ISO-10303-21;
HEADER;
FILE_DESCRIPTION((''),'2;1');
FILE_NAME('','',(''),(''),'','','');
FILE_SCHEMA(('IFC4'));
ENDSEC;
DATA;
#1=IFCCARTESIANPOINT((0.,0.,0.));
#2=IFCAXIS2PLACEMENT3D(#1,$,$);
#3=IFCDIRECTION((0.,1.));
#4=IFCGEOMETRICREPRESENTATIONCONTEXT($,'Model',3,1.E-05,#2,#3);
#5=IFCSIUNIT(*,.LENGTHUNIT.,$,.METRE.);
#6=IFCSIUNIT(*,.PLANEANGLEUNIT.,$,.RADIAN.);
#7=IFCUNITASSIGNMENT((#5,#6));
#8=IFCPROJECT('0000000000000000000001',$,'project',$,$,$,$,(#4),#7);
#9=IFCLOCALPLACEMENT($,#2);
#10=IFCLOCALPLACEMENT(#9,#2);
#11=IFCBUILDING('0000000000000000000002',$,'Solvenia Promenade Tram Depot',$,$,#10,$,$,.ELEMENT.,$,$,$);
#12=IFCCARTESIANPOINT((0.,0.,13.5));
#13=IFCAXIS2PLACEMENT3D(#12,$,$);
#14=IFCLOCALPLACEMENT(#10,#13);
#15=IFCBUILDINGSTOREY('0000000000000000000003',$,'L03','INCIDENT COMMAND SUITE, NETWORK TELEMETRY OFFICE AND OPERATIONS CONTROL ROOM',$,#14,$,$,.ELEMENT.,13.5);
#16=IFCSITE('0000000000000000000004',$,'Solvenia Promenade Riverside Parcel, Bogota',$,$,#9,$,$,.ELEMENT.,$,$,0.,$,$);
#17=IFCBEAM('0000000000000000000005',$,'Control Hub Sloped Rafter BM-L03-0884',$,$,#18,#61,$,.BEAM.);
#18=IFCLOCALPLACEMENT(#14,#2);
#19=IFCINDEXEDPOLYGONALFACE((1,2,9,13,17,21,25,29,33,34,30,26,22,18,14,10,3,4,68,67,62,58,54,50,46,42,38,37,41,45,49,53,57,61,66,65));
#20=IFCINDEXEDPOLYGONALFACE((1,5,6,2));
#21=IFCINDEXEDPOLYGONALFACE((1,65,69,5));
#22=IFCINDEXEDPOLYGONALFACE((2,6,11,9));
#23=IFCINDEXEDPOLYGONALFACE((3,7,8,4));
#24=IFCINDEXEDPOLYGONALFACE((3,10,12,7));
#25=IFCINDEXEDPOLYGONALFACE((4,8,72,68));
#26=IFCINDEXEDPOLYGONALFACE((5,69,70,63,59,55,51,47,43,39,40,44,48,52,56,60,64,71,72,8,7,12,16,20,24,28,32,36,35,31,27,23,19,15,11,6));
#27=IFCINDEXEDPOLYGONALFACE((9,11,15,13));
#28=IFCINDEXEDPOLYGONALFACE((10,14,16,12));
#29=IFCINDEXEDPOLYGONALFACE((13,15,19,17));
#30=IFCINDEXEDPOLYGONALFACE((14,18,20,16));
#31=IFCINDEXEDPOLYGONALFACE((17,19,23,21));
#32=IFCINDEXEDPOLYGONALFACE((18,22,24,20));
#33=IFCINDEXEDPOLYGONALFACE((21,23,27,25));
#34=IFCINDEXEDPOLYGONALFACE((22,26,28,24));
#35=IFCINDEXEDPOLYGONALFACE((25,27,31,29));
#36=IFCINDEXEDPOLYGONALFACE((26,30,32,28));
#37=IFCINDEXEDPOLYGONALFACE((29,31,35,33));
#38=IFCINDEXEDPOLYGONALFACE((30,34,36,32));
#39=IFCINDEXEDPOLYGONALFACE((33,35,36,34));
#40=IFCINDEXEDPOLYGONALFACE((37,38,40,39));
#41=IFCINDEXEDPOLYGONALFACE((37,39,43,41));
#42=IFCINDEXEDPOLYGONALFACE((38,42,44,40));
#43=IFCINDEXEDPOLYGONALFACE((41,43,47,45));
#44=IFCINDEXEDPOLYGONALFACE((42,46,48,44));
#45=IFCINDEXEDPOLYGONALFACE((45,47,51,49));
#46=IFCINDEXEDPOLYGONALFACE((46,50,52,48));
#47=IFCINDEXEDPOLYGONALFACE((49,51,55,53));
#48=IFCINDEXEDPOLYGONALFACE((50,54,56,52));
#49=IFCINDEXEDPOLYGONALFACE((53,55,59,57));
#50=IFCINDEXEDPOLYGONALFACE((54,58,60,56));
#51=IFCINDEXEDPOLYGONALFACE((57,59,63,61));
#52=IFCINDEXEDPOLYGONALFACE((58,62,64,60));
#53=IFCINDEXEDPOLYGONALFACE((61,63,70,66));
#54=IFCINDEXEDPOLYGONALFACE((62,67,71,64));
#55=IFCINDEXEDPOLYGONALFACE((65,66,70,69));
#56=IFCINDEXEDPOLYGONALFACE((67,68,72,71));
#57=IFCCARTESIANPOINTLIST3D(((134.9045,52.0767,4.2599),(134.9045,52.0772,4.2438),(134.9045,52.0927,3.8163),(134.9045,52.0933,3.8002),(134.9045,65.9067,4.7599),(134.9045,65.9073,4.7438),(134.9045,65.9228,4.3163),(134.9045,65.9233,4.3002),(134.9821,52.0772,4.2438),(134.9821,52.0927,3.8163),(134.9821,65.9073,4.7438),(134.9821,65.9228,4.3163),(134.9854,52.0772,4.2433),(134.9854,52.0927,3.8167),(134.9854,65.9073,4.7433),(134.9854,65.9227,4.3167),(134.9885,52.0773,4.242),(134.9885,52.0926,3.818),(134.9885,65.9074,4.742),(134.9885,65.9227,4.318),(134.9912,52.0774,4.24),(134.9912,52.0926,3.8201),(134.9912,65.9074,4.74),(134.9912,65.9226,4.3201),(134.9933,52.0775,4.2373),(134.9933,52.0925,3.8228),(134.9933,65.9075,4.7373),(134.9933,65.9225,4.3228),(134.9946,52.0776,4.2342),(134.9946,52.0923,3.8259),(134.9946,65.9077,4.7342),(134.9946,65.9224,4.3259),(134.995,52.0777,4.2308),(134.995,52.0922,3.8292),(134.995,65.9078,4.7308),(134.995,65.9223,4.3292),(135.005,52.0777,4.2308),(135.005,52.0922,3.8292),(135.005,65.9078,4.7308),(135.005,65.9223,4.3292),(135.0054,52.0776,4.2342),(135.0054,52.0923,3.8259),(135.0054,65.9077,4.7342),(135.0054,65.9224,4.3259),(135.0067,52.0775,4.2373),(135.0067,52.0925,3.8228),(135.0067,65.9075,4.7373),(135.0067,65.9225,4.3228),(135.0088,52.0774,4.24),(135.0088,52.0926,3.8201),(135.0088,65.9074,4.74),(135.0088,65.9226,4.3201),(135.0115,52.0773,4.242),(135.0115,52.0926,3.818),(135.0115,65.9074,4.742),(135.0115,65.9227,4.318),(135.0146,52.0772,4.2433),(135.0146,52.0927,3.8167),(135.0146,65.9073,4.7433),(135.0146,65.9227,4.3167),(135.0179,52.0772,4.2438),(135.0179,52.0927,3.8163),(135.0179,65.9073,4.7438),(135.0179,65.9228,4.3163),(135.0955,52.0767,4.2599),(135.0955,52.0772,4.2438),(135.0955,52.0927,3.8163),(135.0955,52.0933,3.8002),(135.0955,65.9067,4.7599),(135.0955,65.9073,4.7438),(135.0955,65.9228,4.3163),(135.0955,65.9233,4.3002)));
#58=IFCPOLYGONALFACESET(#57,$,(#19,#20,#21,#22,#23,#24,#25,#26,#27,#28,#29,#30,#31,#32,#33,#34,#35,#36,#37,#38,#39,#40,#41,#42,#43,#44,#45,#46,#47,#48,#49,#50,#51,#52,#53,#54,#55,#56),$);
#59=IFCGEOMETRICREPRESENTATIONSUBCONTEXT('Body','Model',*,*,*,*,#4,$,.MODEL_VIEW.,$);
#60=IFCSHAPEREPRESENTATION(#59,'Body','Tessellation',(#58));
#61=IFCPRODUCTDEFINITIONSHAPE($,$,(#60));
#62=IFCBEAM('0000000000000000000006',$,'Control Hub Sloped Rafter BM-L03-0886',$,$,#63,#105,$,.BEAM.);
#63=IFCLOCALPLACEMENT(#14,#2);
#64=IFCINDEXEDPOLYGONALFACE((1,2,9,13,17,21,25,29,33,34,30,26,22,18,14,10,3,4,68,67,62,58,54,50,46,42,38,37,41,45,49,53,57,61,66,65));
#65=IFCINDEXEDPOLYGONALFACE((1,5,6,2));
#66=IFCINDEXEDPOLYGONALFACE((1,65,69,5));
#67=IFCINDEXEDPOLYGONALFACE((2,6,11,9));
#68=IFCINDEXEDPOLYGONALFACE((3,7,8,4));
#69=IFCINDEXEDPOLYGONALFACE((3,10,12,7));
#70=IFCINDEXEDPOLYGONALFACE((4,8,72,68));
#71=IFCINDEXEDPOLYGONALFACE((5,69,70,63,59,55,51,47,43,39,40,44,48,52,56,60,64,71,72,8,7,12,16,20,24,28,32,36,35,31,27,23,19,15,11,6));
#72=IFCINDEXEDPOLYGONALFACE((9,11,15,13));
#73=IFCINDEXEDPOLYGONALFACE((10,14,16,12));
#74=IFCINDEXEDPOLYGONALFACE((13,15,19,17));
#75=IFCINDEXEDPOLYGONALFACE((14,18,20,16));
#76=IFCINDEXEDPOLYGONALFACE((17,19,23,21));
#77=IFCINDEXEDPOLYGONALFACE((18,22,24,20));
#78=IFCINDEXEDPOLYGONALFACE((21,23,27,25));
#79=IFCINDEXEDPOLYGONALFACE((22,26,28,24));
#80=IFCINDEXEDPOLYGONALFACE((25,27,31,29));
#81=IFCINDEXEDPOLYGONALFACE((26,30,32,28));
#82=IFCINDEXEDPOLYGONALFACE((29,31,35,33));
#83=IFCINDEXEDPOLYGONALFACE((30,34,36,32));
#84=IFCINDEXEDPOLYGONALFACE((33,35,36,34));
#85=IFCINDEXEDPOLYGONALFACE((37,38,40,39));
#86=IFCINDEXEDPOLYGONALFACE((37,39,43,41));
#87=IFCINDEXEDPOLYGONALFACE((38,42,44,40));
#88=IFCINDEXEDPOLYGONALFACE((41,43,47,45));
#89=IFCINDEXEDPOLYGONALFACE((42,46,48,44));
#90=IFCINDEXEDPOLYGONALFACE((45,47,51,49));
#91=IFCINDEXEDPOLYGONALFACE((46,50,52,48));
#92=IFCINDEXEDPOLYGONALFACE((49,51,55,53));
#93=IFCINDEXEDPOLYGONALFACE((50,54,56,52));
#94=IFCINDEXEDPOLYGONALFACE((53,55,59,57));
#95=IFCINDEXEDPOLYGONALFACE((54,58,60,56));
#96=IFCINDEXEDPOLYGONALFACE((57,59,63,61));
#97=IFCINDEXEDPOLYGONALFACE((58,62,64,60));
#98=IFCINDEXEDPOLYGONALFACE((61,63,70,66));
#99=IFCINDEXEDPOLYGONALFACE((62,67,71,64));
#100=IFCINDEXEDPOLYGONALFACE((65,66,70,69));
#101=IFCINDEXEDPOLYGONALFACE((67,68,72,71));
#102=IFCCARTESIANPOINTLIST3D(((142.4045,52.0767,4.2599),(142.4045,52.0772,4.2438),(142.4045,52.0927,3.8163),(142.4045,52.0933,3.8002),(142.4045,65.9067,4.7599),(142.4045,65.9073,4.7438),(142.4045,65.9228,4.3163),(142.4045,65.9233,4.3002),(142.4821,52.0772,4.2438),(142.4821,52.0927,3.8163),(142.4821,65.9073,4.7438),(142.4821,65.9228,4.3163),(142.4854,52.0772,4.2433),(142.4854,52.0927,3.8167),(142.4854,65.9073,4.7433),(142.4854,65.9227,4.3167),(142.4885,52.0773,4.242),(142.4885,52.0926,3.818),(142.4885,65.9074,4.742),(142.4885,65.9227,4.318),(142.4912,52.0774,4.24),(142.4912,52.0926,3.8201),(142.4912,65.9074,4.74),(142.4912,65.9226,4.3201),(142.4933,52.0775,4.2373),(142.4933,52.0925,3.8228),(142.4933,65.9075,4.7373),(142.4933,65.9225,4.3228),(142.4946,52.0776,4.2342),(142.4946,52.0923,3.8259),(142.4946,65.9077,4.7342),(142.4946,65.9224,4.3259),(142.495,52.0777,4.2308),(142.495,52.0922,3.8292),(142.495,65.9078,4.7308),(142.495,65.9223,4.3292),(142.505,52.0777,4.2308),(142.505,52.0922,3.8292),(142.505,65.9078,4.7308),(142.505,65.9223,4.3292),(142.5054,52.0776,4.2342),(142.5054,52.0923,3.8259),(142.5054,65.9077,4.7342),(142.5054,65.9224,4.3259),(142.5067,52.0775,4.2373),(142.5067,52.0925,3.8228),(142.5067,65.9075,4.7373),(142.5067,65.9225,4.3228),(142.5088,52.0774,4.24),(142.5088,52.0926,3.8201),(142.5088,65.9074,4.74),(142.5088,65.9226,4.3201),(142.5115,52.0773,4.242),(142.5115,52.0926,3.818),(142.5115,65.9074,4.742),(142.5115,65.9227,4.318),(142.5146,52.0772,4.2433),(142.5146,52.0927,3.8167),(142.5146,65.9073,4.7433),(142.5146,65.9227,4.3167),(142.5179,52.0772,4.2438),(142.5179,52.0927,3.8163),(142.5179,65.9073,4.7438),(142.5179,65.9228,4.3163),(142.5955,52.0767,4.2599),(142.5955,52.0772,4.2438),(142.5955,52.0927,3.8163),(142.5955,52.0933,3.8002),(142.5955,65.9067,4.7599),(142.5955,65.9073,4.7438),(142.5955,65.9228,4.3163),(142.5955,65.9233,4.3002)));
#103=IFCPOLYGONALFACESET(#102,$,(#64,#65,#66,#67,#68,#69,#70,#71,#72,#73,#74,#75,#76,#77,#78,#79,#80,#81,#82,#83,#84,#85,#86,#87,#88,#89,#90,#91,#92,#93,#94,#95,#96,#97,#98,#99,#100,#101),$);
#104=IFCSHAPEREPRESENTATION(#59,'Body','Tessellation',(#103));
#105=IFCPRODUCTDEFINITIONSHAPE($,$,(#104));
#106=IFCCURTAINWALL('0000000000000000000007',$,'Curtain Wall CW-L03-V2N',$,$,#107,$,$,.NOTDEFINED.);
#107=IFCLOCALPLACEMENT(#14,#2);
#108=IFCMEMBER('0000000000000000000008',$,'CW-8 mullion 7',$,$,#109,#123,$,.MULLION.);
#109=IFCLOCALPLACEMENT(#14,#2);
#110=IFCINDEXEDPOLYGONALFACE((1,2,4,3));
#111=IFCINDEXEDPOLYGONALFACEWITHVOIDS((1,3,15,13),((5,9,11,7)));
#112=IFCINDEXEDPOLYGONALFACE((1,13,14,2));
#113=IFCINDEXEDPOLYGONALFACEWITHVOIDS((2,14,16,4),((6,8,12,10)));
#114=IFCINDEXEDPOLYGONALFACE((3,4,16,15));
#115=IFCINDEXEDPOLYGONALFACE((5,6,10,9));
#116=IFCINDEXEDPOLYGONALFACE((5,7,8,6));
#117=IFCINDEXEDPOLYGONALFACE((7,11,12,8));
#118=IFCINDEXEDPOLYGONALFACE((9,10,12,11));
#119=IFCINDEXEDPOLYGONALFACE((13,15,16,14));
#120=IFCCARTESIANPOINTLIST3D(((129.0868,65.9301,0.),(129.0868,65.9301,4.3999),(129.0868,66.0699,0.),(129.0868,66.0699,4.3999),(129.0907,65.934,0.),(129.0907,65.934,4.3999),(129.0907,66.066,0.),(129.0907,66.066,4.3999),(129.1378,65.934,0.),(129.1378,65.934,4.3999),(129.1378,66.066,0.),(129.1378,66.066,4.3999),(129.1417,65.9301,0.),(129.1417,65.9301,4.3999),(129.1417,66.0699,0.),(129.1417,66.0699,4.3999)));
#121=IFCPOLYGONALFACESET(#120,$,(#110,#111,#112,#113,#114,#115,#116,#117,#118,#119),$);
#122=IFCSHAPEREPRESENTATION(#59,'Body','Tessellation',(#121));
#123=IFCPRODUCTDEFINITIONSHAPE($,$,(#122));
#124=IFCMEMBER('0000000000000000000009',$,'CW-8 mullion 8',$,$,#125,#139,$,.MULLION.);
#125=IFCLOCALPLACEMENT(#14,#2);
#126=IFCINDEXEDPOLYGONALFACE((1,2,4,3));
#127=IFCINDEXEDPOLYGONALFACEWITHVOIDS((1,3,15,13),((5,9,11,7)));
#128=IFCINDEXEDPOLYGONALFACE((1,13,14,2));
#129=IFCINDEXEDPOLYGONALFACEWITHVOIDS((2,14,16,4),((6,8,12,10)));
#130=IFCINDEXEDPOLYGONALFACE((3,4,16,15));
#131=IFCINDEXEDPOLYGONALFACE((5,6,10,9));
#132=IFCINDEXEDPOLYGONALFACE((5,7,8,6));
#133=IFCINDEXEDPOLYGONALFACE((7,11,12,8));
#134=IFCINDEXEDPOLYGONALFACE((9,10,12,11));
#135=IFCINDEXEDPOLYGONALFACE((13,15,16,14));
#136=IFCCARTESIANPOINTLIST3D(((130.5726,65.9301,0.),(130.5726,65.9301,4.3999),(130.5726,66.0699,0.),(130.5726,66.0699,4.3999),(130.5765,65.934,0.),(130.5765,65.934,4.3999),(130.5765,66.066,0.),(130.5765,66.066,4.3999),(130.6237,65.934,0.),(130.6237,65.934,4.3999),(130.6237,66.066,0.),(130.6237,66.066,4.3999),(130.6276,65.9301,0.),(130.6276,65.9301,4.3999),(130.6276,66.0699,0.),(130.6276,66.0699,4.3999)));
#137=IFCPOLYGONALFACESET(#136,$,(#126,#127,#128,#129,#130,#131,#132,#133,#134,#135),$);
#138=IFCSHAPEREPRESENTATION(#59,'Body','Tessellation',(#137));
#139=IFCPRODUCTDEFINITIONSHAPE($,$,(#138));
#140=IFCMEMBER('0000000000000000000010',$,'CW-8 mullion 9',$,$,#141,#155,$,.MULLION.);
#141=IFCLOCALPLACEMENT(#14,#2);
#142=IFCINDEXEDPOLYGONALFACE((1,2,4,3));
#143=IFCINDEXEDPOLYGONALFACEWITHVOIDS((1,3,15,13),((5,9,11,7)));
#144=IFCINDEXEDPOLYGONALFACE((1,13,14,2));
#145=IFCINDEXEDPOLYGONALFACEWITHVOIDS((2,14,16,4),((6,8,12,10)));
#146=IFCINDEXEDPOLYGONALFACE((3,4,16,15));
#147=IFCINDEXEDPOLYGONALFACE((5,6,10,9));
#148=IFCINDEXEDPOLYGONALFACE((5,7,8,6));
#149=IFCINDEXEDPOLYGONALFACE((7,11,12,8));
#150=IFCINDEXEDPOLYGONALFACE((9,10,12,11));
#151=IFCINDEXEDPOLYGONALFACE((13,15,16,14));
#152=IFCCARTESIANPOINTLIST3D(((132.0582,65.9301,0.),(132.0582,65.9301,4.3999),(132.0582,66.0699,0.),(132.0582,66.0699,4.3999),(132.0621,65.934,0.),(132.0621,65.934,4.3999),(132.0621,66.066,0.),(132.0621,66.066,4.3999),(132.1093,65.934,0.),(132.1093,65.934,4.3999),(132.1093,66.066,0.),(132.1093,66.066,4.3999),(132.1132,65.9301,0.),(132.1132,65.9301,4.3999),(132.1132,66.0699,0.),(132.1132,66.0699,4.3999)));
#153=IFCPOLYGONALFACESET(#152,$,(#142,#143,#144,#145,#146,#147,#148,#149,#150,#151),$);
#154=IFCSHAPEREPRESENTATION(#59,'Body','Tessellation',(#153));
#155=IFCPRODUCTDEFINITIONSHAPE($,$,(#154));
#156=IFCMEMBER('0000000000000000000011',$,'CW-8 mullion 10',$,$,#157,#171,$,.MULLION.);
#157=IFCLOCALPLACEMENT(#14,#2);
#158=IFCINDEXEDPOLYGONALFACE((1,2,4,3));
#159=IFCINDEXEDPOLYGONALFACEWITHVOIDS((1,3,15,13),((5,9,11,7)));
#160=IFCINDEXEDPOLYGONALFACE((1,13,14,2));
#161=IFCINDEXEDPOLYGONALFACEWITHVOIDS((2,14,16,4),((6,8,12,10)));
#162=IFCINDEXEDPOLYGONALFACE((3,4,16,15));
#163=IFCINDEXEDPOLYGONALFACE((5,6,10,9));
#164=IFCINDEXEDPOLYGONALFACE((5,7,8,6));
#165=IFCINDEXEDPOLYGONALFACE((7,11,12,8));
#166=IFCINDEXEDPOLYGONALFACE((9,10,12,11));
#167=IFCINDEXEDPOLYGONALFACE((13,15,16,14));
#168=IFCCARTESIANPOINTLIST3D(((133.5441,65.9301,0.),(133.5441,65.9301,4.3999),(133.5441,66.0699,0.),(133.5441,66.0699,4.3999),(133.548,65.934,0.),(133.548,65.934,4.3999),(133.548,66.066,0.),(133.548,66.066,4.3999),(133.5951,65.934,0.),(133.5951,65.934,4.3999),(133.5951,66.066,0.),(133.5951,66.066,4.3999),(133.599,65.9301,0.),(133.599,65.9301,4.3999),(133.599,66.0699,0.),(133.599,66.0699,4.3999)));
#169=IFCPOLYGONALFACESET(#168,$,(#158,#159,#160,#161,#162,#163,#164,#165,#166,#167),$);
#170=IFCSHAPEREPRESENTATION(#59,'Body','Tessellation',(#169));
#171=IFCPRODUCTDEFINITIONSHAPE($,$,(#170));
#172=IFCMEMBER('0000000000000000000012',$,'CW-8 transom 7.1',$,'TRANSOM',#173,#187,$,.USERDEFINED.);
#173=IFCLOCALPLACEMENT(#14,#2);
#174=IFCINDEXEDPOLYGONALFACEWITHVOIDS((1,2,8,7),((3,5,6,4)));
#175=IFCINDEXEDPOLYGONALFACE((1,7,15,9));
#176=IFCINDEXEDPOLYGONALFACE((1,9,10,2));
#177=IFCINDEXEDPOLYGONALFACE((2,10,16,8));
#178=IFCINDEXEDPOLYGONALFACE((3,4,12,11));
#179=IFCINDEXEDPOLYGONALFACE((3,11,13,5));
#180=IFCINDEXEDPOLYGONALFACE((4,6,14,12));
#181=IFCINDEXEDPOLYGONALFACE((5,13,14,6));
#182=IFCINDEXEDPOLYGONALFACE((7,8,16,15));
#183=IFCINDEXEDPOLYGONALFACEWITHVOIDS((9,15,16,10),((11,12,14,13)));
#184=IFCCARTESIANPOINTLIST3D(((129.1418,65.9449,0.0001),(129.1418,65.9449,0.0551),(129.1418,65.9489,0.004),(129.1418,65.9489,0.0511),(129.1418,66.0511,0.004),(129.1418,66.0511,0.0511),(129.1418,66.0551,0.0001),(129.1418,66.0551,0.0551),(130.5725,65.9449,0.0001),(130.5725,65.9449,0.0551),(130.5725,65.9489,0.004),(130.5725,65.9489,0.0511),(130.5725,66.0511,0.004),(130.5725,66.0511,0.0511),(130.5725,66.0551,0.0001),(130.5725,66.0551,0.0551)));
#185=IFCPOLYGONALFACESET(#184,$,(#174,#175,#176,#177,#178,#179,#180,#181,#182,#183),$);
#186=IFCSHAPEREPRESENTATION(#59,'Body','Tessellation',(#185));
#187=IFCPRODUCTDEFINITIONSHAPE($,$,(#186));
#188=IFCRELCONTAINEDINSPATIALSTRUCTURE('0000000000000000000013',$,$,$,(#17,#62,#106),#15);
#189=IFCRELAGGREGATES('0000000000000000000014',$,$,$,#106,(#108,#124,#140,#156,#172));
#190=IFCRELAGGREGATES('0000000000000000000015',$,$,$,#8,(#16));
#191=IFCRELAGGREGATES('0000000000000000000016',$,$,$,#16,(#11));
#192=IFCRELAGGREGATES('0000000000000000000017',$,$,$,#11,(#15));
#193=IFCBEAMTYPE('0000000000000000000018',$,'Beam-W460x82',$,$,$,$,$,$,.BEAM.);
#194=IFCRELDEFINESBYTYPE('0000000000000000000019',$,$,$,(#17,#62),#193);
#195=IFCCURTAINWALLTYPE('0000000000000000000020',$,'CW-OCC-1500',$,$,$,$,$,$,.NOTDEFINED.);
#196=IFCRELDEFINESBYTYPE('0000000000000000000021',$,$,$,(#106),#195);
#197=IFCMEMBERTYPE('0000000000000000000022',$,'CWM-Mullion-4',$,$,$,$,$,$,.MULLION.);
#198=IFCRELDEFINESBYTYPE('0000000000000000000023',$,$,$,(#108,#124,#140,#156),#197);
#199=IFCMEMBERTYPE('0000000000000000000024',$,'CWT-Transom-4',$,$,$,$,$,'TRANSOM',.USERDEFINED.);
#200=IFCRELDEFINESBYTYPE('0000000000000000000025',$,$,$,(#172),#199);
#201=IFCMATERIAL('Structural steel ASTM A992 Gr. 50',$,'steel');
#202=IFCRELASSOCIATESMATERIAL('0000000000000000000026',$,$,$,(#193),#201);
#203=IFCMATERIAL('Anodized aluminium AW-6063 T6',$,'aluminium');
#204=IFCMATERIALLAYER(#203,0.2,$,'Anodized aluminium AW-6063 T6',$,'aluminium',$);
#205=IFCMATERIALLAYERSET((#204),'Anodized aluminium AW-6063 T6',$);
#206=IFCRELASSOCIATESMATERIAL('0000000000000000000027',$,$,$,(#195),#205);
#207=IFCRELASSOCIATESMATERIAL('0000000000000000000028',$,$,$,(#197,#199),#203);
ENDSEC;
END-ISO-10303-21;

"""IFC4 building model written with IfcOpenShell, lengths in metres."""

from ifc_helpers import new_model, si_unit, direction, frame, origin, origin_2d, place, context, subcontext, project, spatial, hollow_rectangle, i_section, extrude, material, layer, layer_set, material_profile, profile_set, type_object, element, aggregate, save


model = new_model("IFC4")

# Units and contexts
model_context = context("Model", 3, precision=1e-05, world=origin(), true_north=direction((0.0, 1.0)))
body_context = subcontext(model_context, "Body", "Model", "MODEL_VIEW")
ifc_project = project(units=[si_unit("LENGTHUNIT", "METRE"), si_unit("PLANEANGLEUNIT", "RADIAN")], contexts=[model_context])

# Site, building, storey
site_placement = place(None, origin())
site = spatial("IfcSite", under=ifc_project, at=site_placement, Name="Solvenia Promenade Riverside Parcel, Bogota", CompositionType="ELEMENT", RefElevation=0.0)
building_placement = place(site_placement, origin())
building = spatial("IfcBuilding", under=site, at=building_placement, Name="Solvenia Promenade Tram Depot", CompositionType="ELEMENT")
storey_placement = place(building_placement, frame((0.0, 0.0, 13.5)))
storey = spatial("IfcBuildingStorey", under=building, at=storey_placement, Name="L03", Description="INCIDENT COMMAND SUITE, NETWORK TELEMETRY OFFICE AND OPERATIONS CONTROL ROOM", CompositionType="ELEMENT", Elevation=13.5)

# Shared definitions
ifc_material_1 = material(Name="Structural steel ASTM A992 Gr. 50", Category="steel")

# Beams
ifc_material_profile_1 = material_profile(ifc_material_1, i_section(OverallWidth=0.1909, OverallDepth=0.46, WebThickness=0.01, FlangeThickness=0.0161, FilletRadius=0.0129, at=origin_2d()), Name="W460x82", Category="steel")
ifc_profile_set_1 = profile_set([ifc_material_profile_1], Name="Structural steel ASTM A992 Gr. 50")
beam_type_1 = type_object("IfcBeamType", Name="Beam-W460x82", PredefinedType="BEAM", material=ifc_profile_set_1)
for number, where, z_axis, x_axis, name in (
    (1, (135.0, 52.085, 4.03), (0.0, 0.999347, 0.036129), (-1.0, 0.0, 0.0), "Control Hub Sloped Rafter BM-L03-0884"),
    (2, (142.5, 52.085, 4.03), (0.0, 0.999347, 0.036129), (-1.0, 0.0, 0.0), "Control Hub Sloped Rafter BM-L03-0886"),
):
    element("IfcBeam", number, at=place(storey_placement, frame(where, z_axis=z_axis, x_axis=x_axis)), inside=storey, type_object=beam_type_1, Name=name, PredefinedType="BEAM", context=body_context, shape_type="SweptSolid", body=[
        extrude(i_section(OverallWidth=0.1909, OverallDepth=0.46, WebThickness=0.01, FlangeThickness=0.0161, FilletRadius=0.0129, at=origin_2d()), origin(), (0.0, 0.0, 1.0), 13.8391),
    ])

# Curtain wall, members
ifc_material_2 = material(Name="Anodized aluminium AW-6063 T6", Category="aluminium")
ifc_layer_1 = layer(ifc_material_2, 0.2, Name="Anodized aluminium AW-6063 T6", Category="aluminium")
ifc_layer_set_1 = layer_set([ifc_layer_1], Name="Anodized aluminium AW-6063 T6")
curtain_wall_type = type_object("IfcCurtainWallType", Name="CW-OCC-1500", PredefinedType="NOTDEFINED", material=ifc_layer_set_1)
curtain_wall_placement = place(storey_placement, origin())
curtain_wall = element("IfcCurtainWall", 3, at=curtain_wall_placement, inside=storey, type_object=curtain_wall_type, Name="Curtain Wall CW-L03-V2N", PredefinedType="NOTDEFINED")
ifc_material_profile_2 = material_profile(ifc_material_2, hollow_rectangle(XDim=0.1399, YDim=0.0549, WallThickness=0.0039, at=origin_2d()), Name="ALU-M4", Category="aluminium")
ifc_profile_set_2 = profile_set([ifc_material_profile_2], Name="Anodized aluminium AW-6063 T6")
member_type_1 = type_object("IfcMemberType", Name="CWM-Mullion-4", PredefinedType="MULLION", material=ifc_profile_set_2)
member_1_placement = place(storey_placement, frame((129.1143, 66.0, 0.0), z_axis=(0.0, 0.0, 1.0), x_axis=(0.0, 1.0, 0.0)))
member_1 = element("IfcMember", 4, at=member_1_placement, type_object=member_type_1, Name="CW-8 mullion 7", PredefinedType="MULLION", context=body_context, shape_type="SweptSolid", body=[
    extrude(hollow_rectangle(XDim=0.1399, YDim=0.0549, WallThickness=0.0039, at=origin_2d()), origin(), (0.0, 0.0, 1.0), 4.3999),
])
member_2_placement = place(storey_placement, frame((130.6001, 66.0, 0.0), z_axis=(0.0, 0.0, 1.0), x_axis=(0.0, 1.0, 0.0)))
member_2 = element("IfcMember", 5, at=member_2_placement, type_object=member_type_1, Name="CW-8 mullion 8", PredefinedType="MULLION", context=body_context, shape_type="SweptSolid", body=[
    extrude(hollow_rectangle(XDim=0.1399, YDim=0.0549, WallThickness=0.0039, at=origin_2d()), origin(), (0.0, 0.0, 1.0), 4.3999),
])
member_3_placement = place(storey_placement, frame((132.0857, 66.0, 0.0), z_axis=(0.0, 0.0, 1.0), x_axis=(0.0, 1.0, 0.0)))
member_3 = element("IfcMember", 6, at=member_3_placement, type_object=member_type_1, Name="CW-8 mullion 9", PredefinedType="MULLION", context=body_context, shape_type="SweptSolid", body=[
    extrude(hollow_rectangle(XDim=0.1399, YDim=0.0549, WallThickness=0.0039, at=origin_2d()), origin(), (0.0, 0.0, 1.0), 4.3999),
])
member_4_placement = place(storey_placement, frame((133.5715, 66.0, 0.0), z_axis=(0.0, 0.0, 1.0), x_axis=(0.0, 1.0, 0.0)))
member_4 = element("IfcMember", 7, at=member_4_placement, type_object=member_type_1, Name="CW-8 mullion 10", PredefinedType="MULLION", context=body_context, shape_type="SweptSolid", body=[
    extrude(hollow_rectangle(XDim=0.1399, YDim=0.0549, WallThickness=0.0039, at=origin_2d()), origin(), (0.0, 0.0, 1.0), 4.3999),
])
ifc_material_profile_3 = material_profile(ifc_material_2, hollow_rectangle(XDim=0.1101, YDim=0.0549, WallThickness=0.0039, at=origin_2d()), Name="ALU-T4", Category="aluminium")
ifc_profile_set_3 = profile_set([ifc_material_profile_3], Name="Anodized aluminium AW-6063 T6")
member_type_2 = type_object("IfcMemberType", Name="CWT-Transom-4", ElementType="TRANSOM", PredefinedType="USERDEFINED", material=ifc_profile_set_3)
member_5_placement = place(storey_placement, frame((129.1418, 66.0, 0.0276), z_axis=(1.0, 0.0, 0.0), x_axis=(0.0, 1.0, 0.0)))
member_5 = element("IfcMember", 8, at=member_5_placement, type_object=member_type_2, Name="CW-8 transom 7.1", ObjectType="TRANSOM", PredefinedType="USERDEFINED", context=body_context, shape_type="SweptSolid", body=[
    extrude(hollow_rectangle(XDim=0.1101, YDim=0.0549, WallThickness=0.0039, at=origin_2d()), origin(), (0.0, 0.0, 1.0), 1.4307),
])

aggregate(curtain_wall, [member_1, member_2, member_3, member_4, member_5])

save(model, "model.ifc")
